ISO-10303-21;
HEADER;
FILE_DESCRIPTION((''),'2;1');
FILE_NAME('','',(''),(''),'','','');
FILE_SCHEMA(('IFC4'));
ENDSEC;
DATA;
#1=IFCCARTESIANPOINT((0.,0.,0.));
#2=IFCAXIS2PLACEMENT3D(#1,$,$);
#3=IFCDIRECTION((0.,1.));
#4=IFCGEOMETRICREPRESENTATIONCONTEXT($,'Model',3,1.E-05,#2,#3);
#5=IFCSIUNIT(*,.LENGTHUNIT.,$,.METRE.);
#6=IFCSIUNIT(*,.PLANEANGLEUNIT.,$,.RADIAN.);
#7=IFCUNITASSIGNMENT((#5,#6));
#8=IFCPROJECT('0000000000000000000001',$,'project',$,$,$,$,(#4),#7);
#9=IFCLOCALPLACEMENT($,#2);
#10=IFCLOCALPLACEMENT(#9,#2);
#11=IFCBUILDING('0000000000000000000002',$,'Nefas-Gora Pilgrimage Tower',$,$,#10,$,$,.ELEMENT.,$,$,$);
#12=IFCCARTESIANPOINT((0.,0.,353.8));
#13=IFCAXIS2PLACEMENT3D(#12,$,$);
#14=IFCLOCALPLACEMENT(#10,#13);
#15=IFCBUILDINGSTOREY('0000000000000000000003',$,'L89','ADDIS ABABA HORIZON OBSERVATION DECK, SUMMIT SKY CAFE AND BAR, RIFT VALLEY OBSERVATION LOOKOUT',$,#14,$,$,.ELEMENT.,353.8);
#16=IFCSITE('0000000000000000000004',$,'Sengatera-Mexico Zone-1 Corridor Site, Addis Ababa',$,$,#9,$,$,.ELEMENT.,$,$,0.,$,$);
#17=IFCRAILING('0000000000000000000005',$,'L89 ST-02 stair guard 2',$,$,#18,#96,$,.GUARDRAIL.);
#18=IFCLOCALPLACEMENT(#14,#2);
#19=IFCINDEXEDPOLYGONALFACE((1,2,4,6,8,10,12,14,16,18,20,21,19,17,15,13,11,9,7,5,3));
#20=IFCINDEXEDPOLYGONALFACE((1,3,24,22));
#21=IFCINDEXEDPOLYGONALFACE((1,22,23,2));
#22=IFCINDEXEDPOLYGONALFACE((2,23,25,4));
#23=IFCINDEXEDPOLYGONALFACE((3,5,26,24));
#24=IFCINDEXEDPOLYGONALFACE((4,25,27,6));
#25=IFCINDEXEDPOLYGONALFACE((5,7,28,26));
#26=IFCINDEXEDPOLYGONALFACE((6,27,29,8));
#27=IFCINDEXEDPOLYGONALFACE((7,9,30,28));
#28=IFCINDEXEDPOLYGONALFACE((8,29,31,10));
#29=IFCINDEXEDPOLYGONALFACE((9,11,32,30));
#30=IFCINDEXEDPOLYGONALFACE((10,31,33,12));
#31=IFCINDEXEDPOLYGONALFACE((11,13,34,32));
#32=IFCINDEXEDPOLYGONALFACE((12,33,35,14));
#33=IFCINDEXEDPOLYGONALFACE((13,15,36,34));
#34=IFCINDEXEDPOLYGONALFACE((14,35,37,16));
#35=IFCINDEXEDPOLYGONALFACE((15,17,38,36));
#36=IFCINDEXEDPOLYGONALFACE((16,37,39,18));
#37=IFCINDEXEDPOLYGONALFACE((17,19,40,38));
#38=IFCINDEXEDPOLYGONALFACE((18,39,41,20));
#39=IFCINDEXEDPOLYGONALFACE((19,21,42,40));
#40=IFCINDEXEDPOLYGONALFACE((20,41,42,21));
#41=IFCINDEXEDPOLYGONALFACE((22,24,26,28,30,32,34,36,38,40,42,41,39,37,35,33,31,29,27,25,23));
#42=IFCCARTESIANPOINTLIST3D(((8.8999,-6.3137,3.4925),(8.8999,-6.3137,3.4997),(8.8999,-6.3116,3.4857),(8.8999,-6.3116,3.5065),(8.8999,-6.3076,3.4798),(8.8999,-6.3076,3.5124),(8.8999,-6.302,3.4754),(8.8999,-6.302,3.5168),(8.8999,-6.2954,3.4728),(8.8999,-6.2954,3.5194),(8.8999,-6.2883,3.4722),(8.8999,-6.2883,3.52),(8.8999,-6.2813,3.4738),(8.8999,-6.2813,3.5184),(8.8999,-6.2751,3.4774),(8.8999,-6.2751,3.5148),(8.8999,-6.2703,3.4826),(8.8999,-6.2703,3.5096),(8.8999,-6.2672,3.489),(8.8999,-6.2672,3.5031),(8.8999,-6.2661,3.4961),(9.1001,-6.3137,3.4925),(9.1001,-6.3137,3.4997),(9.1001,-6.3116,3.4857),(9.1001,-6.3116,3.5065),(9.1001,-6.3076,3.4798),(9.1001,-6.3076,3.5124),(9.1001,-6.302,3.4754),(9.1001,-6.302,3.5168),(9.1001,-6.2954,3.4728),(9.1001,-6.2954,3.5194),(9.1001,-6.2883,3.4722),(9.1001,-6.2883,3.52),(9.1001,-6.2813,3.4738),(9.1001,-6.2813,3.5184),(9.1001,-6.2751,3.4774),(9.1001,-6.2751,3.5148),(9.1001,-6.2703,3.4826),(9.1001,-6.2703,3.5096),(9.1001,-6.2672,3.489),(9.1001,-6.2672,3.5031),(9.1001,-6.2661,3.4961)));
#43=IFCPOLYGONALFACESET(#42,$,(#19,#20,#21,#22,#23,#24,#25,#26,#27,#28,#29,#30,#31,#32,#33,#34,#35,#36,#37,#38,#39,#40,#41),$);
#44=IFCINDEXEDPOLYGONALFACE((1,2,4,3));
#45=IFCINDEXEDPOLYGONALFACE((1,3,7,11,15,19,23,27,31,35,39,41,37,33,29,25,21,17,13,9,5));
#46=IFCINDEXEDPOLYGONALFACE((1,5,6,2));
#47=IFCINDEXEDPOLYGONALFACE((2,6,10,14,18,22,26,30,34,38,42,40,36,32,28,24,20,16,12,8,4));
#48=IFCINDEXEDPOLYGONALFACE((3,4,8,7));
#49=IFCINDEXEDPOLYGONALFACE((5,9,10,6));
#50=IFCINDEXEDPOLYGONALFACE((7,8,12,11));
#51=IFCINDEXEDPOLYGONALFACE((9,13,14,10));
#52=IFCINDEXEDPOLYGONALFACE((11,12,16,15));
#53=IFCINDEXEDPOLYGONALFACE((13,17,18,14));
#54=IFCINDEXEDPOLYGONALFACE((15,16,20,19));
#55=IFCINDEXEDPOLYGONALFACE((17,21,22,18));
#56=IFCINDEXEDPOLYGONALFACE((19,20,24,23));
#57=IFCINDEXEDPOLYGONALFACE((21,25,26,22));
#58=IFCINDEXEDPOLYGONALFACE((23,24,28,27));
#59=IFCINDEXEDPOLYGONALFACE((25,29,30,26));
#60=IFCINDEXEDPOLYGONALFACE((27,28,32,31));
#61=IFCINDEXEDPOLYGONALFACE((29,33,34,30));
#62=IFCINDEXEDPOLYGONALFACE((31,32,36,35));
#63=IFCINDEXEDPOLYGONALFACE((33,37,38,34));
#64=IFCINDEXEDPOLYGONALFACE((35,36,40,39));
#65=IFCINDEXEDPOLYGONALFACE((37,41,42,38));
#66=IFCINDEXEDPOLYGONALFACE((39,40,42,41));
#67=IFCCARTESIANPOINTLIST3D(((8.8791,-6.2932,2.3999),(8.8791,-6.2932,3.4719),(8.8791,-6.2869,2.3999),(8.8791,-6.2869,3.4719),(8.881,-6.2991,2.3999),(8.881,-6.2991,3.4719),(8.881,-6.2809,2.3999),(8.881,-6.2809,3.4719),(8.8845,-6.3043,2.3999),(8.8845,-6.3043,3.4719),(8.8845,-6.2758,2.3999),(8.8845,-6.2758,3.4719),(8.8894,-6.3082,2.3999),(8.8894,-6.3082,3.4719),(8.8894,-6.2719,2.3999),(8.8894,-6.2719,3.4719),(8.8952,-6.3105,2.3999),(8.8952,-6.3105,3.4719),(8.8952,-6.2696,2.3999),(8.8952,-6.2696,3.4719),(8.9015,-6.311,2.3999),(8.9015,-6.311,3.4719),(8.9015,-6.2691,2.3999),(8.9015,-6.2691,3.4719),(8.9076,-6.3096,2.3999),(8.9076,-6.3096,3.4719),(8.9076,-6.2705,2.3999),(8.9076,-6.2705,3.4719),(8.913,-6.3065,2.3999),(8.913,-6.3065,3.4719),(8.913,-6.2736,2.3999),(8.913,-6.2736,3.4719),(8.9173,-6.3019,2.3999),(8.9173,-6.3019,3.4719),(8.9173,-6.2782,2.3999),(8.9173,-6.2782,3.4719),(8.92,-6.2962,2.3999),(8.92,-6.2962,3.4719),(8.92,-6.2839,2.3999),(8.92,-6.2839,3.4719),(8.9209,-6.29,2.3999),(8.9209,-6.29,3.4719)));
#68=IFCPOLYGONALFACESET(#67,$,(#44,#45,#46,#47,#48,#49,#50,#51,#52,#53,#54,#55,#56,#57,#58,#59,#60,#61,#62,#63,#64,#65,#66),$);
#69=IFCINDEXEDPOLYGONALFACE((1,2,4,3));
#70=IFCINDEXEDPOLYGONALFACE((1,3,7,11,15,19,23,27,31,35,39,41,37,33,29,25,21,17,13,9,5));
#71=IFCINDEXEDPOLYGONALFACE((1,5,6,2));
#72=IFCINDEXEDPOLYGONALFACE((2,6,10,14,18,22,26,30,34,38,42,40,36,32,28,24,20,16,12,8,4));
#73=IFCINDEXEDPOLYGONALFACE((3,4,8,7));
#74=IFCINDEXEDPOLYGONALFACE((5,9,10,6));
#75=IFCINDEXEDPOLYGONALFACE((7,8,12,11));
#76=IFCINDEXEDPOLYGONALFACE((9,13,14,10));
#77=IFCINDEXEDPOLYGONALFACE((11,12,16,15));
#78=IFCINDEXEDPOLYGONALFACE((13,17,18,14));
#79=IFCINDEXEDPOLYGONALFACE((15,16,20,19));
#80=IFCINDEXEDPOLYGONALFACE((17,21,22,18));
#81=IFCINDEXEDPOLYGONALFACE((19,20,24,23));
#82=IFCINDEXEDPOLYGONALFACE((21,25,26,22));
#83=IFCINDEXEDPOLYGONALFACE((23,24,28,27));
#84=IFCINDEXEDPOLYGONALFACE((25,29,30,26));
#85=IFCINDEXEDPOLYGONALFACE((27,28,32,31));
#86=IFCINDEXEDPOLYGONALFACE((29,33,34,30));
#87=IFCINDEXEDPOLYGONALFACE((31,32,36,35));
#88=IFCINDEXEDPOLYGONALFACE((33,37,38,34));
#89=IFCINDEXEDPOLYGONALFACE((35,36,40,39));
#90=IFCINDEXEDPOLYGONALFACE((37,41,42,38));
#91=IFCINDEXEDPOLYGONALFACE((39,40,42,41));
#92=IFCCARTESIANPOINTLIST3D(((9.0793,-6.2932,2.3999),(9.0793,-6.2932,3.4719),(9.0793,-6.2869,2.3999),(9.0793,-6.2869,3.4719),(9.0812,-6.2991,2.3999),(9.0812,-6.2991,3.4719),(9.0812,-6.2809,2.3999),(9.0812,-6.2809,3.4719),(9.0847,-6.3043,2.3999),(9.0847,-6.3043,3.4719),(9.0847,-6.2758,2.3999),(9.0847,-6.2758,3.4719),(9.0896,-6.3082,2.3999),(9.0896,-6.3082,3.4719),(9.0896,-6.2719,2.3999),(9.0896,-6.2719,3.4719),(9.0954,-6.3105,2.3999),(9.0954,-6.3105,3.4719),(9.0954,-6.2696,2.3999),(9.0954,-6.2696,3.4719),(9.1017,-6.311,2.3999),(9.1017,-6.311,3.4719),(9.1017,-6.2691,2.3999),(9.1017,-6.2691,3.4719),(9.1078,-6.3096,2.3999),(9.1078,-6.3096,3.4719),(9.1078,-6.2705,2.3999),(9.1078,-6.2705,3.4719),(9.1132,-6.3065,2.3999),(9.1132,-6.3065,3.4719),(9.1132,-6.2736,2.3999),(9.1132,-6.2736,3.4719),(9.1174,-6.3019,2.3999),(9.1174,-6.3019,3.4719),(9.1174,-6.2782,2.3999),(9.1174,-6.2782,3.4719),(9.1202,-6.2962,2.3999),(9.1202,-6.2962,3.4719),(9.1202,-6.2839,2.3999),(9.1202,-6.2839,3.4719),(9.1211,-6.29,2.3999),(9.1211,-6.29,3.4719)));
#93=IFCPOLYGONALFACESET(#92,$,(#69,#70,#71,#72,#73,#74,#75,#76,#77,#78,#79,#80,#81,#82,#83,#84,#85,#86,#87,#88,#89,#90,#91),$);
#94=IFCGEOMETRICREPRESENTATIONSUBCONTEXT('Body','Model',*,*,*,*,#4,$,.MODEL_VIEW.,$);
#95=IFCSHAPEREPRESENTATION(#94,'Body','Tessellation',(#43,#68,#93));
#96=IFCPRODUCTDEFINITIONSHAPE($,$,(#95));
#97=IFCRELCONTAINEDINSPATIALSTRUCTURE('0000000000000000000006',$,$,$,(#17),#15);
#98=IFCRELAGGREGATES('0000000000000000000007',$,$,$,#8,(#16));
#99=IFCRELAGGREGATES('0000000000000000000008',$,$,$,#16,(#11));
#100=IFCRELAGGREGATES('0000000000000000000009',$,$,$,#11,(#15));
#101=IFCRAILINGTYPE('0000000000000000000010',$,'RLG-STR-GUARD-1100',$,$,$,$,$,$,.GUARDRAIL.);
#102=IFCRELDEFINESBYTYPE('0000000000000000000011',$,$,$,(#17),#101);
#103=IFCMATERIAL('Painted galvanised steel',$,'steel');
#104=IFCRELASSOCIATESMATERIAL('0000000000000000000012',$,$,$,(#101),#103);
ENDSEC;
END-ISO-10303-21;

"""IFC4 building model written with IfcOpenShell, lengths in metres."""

from ifc_helpers import new_model, si_unit, direction, frame, origin, origin_2d, place, context, subcontext, project, spatial, circle, extrude, material, type_object, element, save


model = new_model("IFC4")

# Units and contexts
model_context = context("Model", 3, precision=1e-05, world=origin(), true_north=direction((0.0, 1.0)))
body_context = subcontext(model_context, "Body", "Model", "MODEL_VIEW")
ifc_project = project(units=[si_unit("LENGTHUNIT", "METRE"), si_unit("PLANEANGLEUNIT", "RADIAN")], contexts=[model_context])

# Site, building, storey
site_placement = place(None, origin())
site = spatial("IfcSite", under=ifc_project, at=site_placement, Name="Sengatera-Mexico Zone-1 Corridor Site, Addis Ababa", CompositionType="ELEMENT", RefElevation=0.0)
building_placement = place(site_placement, origin())
building = spatial("IfcBuilding", under=site, at=building_placement, Name="Nefas-Gora Pilgrimage Tower", CompositionType="ELEMENT")
storey_placement = place(building_placement, frame((0.0, 0.0, 353.8)))
storey = spatial("IfcBuildingStorey", under=building, at=storey_placement, Name="L89", Description="ADDIS ABABA HORIZON OBSERVATION DECK, SUMMIT SKY CAFE AND BAR, RIFT VALLEY OBSERVATION LOOKOUT", CompositionType="ELEMENT", Elevation=353.8)

# Railing
ifc_material_1 = material(Name="Painted galvanised steel", Category="steel")
railing_type_1 = type_object("IfcRailingType", Name="RLG-STR-GUARD-1100", PredefinedType="GUARDRAIL", material=ifc_material_1)
railing_1_placement = place(storey_placement, frame((8.8999, -6.29, 2.3999)))
element("IfcRailing", 1, at=railing_1_placement, inside=storey, type_object=railing_type_1, Name="L89 ST-02 stair guard 2", PredefinedType="GUARDRAIL", context=body_context, shape_type="SweptSolid", body=[
    extrude(circle(Radius=0.0239, at=origin_2d()), frame((0.0, 0.0, 1.0962), z_axis=(1.0, 0.0, 0.0), x_axis=(0.0, 1.0, 0.0)), (0.0, 0.0, 1.0), 0.2002),
    extrude(circle(Radius=0.021, at=origin_2d()), origin(), (0.0, 0.0, 1.0), 1.072),
    extrude(circle(Radius=0.021, at=origin_2d()), frame((0.2002, 0.0, 0.0)), (0.0, 0.0, 1.0), 1.072),
])

save(model, "model.ifc")
